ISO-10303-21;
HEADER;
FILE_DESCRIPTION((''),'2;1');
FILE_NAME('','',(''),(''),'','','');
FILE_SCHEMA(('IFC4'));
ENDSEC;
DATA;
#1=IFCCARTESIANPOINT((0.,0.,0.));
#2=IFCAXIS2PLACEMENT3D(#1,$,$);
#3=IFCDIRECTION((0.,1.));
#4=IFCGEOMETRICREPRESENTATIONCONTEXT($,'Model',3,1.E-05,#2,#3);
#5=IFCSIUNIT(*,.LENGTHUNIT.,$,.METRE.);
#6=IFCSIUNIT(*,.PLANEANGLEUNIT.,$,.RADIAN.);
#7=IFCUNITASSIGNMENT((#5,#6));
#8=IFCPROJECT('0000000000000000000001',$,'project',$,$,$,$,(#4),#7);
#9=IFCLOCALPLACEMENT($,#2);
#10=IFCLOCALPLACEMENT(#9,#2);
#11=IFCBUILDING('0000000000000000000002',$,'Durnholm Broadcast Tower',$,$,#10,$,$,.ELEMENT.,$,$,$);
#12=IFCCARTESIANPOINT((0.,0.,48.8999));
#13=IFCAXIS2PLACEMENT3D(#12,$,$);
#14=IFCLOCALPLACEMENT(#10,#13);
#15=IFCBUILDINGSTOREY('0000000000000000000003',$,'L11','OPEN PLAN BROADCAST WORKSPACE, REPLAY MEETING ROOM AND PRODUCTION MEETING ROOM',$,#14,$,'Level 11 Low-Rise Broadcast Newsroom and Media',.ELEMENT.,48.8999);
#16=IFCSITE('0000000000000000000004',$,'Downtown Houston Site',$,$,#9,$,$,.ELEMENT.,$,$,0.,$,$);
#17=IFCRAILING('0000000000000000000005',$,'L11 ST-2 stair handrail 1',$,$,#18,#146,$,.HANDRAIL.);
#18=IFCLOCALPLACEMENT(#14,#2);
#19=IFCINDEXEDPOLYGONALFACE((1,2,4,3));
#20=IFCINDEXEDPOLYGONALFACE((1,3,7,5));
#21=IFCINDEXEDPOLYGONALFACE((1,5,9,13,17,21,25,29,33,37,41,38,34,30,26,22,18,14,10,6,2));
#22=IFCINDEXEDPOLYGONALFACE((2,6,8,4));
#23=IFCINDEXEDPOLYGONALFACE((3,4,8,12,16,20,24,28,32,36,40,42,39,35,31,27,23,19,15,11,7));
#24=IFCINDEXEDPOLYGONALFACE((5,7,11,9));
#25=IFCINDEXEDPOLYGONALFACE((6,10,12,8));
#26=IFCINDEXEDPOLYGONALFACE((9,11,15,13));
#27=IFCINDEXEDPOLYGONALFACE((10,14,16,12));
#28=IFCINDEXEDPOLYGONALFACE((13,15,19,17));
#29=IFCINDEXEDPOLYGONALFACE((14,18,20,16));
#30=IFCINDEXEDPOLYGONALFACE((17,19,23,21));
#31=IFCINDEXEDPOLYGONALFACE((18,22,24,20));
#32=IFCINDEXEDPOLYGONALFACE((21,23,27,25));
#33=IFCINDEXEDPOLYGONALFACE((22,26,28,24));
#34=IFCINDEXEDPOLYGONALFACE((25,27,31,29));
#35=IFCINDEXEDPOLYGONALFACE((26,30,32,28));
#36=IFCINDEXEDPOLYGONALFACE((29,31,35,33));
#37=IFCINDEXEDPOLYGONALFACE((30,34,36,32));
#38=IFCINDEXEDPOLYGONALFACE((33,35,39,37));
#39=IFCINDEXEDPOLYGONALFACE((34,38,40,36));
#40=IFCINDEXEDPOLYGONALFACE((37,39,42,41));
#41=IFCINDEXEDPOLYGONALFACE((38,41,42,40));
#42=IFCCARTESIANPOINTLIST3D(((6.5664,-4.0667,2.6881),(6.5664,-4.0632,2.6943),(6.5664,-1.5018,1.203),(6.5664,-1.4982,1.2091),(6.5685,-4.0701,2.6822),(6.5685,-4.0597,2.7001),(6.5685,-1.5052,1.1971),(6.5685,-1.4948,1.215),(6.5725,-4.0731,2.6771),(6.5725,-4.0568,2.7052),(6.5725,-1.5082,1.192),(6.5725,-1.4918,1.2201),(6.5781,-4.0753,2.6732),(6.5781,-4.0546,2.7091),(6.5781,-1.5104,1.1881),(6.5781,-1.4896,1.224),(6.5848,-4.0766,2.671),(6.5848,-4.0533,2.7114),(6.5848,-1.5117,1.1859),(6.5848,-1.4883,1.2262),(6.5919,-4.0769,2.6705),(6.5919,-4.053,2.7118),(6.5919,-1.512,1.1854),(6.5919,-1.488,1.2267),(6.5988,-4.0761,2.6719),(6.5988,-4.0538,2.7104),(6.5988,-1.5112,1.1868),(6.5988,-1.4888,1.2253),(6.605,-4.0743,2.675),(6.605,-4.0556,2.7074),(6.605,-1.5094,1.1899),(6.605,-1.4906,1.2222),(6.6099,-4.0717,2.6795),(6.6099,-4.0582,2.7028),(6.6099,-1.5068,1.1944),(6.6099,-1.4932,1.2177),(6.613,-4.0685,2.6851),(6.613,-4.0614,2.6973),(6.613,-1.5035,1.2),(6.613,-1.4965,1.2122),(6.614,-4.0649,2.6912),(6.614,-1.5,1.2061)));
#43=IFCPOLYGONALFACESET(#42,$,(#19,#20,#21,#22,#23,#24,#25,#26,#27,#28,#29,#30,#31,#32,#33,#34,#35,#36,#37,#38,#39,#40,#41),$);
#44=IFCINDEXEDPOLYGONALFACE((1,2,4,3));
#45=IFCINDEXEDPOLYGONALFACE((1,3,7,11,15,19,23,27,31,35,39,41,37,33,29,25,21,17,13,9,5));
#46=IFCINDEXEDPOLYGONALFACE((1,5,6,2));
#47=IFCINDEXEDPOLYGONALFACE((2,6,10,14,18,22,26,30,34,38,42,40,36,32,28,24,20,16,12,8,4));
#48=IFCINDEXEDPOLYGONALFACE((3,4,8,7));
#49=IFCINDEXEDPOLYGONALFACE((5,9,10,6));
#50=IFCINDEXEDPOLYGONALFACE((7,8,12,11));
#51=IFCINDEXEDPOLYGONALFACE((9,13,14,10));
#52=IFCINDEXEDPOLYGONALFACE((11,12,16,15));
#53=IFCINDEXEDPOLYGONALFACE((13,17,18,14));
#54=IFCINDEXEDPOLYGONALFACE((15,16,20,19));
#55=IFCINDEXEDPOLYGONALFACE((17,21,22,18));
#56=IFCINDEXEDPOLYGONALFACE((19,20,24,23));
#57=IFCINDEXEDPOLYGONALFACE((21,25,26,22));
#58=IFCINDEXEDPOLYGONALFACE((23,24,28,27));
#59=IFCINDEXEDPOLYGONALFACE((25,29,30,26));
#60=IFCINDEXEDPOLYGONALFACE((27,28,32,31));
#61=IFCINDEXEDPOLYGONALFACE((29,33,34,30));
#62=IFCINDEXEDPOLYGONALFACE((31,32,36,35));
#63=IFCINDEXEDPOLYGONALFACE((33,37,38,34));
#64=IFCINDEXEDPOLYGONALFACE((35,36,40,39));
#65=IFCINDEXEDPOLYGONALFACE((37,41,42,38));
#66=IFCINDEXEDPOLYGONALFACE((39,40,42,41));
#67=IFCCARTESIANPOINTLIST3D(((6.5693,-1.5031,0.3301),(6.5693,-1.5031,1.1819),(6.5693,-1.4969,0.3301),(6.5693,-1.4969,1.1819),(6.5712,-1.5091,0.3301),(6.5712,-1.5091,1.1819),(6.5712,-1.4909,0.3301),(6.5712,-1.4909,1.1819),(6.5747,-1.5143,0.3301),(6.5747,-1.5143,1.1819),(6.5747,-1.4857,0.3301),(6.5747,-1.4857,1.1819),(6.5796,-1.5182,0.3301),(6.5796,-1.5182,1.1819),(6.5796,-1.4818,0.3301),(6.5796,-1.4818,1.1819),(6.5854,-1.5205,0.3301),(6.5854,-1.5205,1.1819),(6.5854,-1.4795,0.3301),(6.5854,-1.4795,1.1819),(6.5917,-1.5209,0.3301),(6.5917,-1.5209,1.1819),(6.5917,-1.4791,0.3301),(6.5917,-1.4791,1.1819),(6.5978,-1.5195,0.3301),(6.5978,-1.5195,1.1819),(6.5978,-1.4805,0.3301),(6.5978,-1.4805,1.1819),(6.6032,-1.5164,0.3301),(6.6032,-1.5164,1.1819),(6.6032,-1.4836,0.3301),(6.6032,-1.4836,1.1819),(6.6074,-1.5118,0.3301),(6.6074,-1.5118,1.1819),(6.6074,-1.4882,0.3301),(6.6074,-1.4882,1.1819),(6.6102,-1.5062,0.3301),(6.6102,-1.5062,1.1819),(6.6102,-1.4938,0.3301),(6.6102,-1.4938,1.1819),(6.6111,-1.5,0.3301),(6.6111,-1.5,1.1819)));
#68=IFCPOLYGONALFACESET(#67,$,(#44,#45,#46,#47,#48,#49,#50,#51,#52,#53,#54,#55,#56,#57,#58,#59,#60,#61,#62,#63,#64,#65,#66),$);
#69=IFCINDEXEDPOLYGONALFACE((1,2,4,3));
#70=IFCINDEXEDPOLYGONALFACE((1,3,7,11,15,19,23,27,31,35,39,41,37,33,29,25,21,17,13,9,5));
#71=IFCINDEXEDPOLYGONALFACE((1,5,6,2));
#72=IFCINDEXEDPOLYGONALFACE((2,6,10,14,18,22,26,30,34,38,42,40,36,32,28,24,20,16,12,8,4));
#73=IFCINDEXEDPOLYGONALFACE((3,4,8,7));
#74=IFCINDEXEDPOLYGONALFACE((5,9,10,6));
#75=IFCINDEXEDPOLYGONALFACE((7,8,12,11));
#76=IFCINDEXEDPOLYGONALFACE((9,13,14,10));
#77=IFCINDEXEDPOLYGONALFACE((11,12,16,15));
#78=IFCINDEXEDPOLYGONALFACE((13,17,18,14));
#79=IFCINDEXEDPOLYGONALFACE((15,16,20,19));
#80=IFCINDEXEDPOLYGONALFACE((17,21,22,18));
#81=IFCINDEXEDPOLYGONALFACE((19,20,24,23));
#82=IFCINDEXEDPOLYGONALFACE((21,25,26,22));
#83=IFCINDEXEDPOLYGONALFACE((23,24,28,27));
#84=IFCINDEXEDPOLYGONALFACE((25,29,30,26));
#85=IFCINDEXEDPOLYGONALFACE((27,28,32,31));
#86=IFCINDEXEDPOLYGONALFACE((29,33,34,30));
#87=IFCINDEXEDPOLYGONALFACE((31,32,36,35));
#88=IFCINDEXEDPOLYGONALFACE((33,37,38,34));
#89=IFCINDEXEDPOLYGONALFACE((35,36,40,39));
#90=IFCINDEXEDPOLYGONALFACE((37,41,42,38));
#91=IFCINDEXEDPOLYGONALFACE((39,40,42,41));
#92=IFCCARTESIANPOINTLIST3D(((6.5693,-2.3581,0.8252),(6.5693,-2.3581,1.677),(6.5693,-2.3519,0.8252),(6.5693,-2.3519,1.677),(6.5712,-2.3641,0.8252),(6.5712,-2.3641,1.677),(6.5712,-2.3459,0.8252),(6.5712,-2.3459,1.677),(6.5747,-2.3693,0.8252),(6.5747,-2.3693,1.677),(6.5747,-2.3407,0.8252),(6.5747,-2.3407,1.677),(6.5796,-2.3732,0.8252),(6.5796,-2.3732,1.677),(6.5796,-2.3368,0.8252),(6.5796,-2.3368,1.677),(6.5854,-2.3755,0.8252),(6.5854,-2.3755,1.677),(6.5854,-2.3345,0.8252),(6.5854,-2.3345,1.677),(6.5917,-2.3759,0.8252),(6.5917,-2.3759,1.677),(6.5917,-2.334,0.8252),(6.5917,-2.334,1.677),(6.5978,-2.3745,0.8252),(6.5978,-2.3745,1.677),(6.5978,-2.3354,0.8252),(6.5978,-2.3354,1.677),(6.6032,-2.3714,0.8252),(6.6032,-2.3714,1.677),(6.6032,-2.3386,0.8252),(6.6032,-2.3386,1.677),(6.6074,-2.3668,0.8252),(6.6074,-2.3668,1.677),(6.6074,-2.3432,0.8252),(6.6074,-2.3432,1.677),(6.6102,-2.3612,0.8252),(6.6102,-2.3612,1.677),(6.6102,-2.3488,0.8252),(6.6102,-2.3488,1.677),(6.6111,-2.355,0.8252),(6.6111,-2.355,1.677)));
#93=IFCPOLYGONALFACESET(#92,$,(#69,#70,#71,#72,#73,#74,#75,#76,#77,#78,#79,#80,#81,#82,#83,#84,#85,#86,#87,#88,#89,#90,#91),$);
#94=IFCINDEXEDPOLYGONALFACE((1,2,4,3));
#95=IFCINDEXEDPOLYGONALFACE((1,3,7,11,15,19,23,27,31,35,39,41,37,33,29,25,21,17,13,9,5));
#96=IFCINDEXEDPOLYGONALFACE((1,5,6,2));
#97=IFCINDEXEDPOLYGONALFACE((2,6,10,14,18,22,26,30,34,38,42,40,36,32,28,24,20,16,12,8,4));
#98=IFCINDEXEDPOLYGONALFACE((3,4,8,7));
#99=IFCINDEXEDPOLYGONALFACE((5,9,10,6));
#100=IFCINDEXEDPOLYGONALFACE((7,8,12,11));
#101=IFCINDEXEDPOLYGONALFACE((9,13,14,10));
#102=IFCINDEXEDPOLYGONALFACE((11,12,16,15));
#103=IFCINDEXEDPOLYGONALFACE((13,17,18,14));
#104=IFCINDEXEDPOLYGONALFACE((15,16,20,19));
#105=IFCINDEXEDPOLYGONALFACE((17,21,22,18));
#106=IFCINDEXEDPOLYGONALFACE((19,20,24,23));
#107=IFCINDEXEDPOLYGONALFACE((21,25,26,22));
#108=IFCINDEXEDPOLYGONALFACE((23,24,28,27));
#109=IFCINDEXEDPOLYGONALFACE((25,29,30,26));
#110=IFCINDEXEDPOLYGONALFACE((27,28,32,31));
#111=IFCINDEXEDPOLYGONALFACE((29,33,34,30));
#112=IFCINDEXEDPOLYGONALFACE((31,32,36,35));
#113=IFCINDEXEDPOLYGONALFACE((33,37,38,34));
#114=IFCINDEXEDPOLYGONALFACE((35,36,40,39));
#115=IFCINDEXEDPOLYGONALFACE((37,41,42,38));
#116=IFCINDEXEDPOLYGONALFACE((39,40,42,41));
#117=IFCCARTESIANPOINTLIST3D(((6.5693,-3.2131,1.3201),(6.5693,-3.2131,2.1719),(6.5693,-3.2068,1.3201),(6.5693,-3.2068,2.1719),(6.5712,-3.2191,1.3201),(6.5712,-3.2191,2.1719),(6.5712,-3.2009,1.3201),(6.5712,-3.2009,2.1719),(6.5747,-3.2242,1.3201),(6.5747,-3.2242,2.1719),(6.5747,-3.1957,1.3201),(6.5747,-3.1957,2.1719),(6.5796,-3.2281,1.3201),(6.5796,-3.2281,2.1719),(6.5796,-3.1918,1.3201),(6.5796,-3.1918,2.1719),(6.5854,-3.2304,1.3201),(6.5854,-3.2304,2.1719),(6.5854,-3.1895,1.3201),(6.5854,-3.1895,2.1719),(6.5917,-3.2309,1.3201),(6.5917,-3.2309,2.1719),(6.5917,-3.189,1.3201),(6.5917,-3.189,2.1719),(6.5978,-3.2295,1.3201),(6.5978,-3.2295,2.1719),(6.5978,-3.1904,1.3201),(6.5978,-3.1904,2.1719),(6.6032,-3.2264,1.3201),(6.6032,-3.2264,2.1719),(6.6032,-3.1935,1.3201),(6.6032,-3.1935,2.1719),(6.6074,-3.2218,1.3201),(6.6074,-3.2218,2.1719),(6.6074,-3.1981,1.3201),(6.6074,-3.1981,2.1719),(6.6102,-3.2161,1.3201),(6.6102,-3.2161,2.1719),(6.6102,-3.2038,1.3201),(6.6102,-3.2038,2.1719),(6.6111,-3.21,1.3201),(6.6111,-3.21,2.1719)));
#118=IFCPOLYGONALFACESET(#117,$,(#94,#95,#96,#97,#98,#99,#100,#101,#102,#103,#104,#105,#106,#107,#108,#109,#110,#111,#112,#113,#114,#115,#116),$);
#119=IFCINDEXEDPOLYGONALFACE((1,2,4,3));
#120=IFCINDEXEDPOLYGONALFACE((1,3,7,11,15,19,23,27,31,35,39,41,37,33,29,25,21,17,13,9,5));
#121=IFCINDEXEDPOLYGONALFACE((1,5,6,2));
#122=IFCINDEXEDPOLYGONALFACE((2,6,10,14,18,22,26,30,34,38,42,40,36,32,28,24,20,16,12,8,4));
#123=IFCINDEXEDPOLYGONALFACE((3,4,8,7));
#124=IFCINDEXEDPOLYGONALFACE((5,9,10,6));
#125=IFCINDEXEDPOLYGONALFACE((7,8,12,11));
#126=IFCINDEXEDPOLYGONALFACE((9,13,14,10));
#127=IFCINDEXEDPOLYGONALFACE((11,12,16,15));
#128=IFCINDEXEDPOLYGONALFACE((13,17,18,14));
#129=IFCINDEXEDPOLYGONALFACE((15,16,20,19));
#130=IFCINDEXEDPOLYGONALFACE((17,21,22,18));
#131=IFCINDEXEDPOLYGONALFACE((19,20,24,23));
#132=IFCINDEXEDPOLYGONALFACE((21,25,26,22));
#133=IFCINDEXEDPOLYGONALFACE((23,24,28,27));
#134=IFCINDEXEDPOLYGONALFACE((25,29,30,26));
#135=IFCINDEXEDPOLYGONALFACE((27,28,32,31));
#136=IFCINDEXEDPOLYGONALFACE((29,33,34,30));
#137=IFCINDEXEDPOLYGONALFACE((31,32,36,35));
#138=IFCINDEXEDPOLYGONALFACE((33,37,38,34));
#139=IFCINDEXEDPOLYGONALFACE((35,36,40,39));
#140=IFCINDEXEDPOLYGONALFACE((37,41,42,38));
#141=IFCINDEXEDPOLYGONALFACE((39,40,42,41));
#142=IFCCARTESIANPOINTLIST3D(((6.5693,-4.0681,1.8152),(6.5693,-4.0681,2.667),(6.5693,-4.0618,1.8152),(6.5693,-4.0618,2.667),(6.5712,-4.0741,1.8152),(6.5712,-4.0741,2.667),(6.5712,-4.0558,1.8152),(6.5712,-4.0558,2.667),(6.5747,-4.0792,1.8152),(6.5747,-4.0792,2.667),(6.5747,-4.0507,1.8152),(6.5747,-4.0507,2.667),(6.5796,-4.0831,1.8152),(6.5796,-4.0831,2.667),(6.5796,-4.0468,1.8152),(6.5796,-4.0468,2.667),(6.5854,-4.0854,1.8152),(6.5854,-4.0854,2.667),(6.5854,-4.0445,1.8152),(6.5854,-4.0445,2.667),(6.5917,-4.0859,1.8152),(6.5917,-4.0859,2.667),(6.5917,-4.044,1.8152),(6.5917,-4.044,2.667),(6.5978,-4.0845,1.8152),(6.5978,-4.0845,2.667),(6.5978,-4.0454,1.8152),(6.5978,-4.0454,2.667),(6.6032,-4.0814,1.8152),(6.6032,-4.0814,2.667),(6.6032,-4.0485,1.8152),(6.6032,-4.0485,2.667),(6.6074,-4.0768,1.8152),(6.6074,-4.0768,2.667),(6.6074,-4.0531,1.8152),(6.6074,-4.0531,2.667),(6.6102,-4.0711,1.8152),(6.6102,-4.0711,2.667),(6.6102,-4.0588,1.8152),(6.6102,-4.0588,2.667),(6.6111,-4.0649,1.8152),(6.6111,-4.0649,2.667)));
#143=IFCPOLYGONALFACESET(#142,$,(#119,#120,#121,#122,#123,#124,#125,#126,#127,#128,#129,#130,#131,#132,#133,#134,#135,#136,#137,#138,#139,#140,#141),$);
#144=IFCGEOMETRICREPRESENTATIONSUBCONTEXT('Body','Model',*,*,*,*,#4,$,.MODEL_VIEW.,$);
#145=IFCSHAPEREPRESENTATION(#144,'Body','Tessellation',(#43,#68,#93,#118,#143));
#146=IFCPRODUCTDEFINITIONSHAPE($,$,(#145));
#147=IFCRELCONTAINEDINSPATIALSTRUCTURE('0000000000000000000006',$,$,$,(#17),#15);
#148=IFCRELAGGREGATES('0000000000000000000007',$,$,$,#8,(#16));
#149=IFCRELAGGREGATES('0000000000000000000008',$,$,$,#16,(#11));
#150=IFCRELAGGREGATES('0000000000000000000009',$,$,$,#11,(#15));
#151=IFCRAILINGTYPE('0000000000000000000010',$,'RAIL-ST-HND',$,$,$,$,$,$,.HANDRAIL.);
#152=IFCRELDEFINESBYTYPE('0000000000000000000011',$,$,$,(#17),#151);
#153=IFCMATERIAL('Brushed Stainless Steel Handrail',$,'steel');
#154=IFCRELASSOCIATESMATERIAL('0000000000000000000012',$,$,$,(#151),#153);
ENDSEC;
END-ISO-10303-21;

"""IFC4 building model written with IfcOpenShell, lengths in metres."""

from ifc_helpers import new_model, si_unit, direction, frame, origin, origin_2d, place, context, subcontext, project, spatial, circle, extrude, material, type_object, element, save


model = new_model("IFC4")

# Units and contexts
model_context = context("Model", 3, precision=1e-05, world=origin(), true_north=direction((0.0, 1.0)))
body_context = subcontext(model_context, "Body", "Model", "MODEL_VIEW")
ifc_project = project(units=[si_unit("LENGTHUNIT", "METRE"), si_unit("PLANEANGLEUNIT", "RADIAN")], contexts=[model_context])

# Site, building, storey
site_placement = place(None, origin())
site = spatial("IfcSite", under=ifc_project, at=site_placement, Name="Downtown Houston Site", CompositionType="ELEMENT", RefElevation=0.0)
building_placement = place(site_placement, origin())
building = spatial("IfcBuilding", under=site, at=building_placement, Name="Durnholm Broadcast Tower", CompositionType="ELEMENT")
storey_placement = place(building_placement, frame((0.0, 0.0, 48.8999)))
storey = spatial("IfcBuildingStorey", under=building, at=storey_placement, Name="L11", Description="OPEN PLAN BROADCAST WORKSPACE, REPLAY MEETING ROOM AND PRODUCTION MEETING ROOM", LongName="Level 11 Low-Rise Broadcast Newsroom and Media", CompositionType="ELEMENT", Elevation=48.8999)

# Railing
ifc_material_1 = material(Name="Brushed Stainless Steel Handrail", Category="steel")
railing_type_1 = type_object("IfcRailingType", Name="RAIL-ST-HND", PredefinedType="HANDRAIL", material=ifc_material_1)
railing_1_placement = place(storey_placement, frame((6.5901, -1.5, 0.3301)))
element("IfcRailing", 1, at=railing_1_placement, inside=storey, type_object=railing_type_1, Name="L11 ST-2 stair handrail 1", PredefinedType="HANDRAIL", context=body_context, shape_type="SweptSolid", body=[
    extrude(circle(Radius=0.0239, at=origin_2d()), frame((0.0, 0.0, 0.876), z_axis=(0.0, -0.865406, 0.501072), x_axis=(1.0, 0.0, 0.0)), (0.0, 0.0, 1.0), 2.9639),
    extrude(circle(Radius=0.021, at=origin_2d()), origin(), (0.0, 0.0, 1.0), 0.8518),
    extrude(circle(Radius=0.021, at=origin_2d()), frame((0.0, -0.855, 0.4951)), (0.0, 0.0, 1.0), 0.8518),
    extrude(circle(Radius=0.021, at=origin_2d()), frame((0.0, -1.71, 0.99)), (0.0, 0.0, 1.0), 0.8518),
    extrude(circle(Radius=0.021, at=origin_2d()), frame((0.0, -2.5649, 1.4851)), (0.0, 0.0, 1.0), 0.8518),
])

save(model, "model.ifc")
